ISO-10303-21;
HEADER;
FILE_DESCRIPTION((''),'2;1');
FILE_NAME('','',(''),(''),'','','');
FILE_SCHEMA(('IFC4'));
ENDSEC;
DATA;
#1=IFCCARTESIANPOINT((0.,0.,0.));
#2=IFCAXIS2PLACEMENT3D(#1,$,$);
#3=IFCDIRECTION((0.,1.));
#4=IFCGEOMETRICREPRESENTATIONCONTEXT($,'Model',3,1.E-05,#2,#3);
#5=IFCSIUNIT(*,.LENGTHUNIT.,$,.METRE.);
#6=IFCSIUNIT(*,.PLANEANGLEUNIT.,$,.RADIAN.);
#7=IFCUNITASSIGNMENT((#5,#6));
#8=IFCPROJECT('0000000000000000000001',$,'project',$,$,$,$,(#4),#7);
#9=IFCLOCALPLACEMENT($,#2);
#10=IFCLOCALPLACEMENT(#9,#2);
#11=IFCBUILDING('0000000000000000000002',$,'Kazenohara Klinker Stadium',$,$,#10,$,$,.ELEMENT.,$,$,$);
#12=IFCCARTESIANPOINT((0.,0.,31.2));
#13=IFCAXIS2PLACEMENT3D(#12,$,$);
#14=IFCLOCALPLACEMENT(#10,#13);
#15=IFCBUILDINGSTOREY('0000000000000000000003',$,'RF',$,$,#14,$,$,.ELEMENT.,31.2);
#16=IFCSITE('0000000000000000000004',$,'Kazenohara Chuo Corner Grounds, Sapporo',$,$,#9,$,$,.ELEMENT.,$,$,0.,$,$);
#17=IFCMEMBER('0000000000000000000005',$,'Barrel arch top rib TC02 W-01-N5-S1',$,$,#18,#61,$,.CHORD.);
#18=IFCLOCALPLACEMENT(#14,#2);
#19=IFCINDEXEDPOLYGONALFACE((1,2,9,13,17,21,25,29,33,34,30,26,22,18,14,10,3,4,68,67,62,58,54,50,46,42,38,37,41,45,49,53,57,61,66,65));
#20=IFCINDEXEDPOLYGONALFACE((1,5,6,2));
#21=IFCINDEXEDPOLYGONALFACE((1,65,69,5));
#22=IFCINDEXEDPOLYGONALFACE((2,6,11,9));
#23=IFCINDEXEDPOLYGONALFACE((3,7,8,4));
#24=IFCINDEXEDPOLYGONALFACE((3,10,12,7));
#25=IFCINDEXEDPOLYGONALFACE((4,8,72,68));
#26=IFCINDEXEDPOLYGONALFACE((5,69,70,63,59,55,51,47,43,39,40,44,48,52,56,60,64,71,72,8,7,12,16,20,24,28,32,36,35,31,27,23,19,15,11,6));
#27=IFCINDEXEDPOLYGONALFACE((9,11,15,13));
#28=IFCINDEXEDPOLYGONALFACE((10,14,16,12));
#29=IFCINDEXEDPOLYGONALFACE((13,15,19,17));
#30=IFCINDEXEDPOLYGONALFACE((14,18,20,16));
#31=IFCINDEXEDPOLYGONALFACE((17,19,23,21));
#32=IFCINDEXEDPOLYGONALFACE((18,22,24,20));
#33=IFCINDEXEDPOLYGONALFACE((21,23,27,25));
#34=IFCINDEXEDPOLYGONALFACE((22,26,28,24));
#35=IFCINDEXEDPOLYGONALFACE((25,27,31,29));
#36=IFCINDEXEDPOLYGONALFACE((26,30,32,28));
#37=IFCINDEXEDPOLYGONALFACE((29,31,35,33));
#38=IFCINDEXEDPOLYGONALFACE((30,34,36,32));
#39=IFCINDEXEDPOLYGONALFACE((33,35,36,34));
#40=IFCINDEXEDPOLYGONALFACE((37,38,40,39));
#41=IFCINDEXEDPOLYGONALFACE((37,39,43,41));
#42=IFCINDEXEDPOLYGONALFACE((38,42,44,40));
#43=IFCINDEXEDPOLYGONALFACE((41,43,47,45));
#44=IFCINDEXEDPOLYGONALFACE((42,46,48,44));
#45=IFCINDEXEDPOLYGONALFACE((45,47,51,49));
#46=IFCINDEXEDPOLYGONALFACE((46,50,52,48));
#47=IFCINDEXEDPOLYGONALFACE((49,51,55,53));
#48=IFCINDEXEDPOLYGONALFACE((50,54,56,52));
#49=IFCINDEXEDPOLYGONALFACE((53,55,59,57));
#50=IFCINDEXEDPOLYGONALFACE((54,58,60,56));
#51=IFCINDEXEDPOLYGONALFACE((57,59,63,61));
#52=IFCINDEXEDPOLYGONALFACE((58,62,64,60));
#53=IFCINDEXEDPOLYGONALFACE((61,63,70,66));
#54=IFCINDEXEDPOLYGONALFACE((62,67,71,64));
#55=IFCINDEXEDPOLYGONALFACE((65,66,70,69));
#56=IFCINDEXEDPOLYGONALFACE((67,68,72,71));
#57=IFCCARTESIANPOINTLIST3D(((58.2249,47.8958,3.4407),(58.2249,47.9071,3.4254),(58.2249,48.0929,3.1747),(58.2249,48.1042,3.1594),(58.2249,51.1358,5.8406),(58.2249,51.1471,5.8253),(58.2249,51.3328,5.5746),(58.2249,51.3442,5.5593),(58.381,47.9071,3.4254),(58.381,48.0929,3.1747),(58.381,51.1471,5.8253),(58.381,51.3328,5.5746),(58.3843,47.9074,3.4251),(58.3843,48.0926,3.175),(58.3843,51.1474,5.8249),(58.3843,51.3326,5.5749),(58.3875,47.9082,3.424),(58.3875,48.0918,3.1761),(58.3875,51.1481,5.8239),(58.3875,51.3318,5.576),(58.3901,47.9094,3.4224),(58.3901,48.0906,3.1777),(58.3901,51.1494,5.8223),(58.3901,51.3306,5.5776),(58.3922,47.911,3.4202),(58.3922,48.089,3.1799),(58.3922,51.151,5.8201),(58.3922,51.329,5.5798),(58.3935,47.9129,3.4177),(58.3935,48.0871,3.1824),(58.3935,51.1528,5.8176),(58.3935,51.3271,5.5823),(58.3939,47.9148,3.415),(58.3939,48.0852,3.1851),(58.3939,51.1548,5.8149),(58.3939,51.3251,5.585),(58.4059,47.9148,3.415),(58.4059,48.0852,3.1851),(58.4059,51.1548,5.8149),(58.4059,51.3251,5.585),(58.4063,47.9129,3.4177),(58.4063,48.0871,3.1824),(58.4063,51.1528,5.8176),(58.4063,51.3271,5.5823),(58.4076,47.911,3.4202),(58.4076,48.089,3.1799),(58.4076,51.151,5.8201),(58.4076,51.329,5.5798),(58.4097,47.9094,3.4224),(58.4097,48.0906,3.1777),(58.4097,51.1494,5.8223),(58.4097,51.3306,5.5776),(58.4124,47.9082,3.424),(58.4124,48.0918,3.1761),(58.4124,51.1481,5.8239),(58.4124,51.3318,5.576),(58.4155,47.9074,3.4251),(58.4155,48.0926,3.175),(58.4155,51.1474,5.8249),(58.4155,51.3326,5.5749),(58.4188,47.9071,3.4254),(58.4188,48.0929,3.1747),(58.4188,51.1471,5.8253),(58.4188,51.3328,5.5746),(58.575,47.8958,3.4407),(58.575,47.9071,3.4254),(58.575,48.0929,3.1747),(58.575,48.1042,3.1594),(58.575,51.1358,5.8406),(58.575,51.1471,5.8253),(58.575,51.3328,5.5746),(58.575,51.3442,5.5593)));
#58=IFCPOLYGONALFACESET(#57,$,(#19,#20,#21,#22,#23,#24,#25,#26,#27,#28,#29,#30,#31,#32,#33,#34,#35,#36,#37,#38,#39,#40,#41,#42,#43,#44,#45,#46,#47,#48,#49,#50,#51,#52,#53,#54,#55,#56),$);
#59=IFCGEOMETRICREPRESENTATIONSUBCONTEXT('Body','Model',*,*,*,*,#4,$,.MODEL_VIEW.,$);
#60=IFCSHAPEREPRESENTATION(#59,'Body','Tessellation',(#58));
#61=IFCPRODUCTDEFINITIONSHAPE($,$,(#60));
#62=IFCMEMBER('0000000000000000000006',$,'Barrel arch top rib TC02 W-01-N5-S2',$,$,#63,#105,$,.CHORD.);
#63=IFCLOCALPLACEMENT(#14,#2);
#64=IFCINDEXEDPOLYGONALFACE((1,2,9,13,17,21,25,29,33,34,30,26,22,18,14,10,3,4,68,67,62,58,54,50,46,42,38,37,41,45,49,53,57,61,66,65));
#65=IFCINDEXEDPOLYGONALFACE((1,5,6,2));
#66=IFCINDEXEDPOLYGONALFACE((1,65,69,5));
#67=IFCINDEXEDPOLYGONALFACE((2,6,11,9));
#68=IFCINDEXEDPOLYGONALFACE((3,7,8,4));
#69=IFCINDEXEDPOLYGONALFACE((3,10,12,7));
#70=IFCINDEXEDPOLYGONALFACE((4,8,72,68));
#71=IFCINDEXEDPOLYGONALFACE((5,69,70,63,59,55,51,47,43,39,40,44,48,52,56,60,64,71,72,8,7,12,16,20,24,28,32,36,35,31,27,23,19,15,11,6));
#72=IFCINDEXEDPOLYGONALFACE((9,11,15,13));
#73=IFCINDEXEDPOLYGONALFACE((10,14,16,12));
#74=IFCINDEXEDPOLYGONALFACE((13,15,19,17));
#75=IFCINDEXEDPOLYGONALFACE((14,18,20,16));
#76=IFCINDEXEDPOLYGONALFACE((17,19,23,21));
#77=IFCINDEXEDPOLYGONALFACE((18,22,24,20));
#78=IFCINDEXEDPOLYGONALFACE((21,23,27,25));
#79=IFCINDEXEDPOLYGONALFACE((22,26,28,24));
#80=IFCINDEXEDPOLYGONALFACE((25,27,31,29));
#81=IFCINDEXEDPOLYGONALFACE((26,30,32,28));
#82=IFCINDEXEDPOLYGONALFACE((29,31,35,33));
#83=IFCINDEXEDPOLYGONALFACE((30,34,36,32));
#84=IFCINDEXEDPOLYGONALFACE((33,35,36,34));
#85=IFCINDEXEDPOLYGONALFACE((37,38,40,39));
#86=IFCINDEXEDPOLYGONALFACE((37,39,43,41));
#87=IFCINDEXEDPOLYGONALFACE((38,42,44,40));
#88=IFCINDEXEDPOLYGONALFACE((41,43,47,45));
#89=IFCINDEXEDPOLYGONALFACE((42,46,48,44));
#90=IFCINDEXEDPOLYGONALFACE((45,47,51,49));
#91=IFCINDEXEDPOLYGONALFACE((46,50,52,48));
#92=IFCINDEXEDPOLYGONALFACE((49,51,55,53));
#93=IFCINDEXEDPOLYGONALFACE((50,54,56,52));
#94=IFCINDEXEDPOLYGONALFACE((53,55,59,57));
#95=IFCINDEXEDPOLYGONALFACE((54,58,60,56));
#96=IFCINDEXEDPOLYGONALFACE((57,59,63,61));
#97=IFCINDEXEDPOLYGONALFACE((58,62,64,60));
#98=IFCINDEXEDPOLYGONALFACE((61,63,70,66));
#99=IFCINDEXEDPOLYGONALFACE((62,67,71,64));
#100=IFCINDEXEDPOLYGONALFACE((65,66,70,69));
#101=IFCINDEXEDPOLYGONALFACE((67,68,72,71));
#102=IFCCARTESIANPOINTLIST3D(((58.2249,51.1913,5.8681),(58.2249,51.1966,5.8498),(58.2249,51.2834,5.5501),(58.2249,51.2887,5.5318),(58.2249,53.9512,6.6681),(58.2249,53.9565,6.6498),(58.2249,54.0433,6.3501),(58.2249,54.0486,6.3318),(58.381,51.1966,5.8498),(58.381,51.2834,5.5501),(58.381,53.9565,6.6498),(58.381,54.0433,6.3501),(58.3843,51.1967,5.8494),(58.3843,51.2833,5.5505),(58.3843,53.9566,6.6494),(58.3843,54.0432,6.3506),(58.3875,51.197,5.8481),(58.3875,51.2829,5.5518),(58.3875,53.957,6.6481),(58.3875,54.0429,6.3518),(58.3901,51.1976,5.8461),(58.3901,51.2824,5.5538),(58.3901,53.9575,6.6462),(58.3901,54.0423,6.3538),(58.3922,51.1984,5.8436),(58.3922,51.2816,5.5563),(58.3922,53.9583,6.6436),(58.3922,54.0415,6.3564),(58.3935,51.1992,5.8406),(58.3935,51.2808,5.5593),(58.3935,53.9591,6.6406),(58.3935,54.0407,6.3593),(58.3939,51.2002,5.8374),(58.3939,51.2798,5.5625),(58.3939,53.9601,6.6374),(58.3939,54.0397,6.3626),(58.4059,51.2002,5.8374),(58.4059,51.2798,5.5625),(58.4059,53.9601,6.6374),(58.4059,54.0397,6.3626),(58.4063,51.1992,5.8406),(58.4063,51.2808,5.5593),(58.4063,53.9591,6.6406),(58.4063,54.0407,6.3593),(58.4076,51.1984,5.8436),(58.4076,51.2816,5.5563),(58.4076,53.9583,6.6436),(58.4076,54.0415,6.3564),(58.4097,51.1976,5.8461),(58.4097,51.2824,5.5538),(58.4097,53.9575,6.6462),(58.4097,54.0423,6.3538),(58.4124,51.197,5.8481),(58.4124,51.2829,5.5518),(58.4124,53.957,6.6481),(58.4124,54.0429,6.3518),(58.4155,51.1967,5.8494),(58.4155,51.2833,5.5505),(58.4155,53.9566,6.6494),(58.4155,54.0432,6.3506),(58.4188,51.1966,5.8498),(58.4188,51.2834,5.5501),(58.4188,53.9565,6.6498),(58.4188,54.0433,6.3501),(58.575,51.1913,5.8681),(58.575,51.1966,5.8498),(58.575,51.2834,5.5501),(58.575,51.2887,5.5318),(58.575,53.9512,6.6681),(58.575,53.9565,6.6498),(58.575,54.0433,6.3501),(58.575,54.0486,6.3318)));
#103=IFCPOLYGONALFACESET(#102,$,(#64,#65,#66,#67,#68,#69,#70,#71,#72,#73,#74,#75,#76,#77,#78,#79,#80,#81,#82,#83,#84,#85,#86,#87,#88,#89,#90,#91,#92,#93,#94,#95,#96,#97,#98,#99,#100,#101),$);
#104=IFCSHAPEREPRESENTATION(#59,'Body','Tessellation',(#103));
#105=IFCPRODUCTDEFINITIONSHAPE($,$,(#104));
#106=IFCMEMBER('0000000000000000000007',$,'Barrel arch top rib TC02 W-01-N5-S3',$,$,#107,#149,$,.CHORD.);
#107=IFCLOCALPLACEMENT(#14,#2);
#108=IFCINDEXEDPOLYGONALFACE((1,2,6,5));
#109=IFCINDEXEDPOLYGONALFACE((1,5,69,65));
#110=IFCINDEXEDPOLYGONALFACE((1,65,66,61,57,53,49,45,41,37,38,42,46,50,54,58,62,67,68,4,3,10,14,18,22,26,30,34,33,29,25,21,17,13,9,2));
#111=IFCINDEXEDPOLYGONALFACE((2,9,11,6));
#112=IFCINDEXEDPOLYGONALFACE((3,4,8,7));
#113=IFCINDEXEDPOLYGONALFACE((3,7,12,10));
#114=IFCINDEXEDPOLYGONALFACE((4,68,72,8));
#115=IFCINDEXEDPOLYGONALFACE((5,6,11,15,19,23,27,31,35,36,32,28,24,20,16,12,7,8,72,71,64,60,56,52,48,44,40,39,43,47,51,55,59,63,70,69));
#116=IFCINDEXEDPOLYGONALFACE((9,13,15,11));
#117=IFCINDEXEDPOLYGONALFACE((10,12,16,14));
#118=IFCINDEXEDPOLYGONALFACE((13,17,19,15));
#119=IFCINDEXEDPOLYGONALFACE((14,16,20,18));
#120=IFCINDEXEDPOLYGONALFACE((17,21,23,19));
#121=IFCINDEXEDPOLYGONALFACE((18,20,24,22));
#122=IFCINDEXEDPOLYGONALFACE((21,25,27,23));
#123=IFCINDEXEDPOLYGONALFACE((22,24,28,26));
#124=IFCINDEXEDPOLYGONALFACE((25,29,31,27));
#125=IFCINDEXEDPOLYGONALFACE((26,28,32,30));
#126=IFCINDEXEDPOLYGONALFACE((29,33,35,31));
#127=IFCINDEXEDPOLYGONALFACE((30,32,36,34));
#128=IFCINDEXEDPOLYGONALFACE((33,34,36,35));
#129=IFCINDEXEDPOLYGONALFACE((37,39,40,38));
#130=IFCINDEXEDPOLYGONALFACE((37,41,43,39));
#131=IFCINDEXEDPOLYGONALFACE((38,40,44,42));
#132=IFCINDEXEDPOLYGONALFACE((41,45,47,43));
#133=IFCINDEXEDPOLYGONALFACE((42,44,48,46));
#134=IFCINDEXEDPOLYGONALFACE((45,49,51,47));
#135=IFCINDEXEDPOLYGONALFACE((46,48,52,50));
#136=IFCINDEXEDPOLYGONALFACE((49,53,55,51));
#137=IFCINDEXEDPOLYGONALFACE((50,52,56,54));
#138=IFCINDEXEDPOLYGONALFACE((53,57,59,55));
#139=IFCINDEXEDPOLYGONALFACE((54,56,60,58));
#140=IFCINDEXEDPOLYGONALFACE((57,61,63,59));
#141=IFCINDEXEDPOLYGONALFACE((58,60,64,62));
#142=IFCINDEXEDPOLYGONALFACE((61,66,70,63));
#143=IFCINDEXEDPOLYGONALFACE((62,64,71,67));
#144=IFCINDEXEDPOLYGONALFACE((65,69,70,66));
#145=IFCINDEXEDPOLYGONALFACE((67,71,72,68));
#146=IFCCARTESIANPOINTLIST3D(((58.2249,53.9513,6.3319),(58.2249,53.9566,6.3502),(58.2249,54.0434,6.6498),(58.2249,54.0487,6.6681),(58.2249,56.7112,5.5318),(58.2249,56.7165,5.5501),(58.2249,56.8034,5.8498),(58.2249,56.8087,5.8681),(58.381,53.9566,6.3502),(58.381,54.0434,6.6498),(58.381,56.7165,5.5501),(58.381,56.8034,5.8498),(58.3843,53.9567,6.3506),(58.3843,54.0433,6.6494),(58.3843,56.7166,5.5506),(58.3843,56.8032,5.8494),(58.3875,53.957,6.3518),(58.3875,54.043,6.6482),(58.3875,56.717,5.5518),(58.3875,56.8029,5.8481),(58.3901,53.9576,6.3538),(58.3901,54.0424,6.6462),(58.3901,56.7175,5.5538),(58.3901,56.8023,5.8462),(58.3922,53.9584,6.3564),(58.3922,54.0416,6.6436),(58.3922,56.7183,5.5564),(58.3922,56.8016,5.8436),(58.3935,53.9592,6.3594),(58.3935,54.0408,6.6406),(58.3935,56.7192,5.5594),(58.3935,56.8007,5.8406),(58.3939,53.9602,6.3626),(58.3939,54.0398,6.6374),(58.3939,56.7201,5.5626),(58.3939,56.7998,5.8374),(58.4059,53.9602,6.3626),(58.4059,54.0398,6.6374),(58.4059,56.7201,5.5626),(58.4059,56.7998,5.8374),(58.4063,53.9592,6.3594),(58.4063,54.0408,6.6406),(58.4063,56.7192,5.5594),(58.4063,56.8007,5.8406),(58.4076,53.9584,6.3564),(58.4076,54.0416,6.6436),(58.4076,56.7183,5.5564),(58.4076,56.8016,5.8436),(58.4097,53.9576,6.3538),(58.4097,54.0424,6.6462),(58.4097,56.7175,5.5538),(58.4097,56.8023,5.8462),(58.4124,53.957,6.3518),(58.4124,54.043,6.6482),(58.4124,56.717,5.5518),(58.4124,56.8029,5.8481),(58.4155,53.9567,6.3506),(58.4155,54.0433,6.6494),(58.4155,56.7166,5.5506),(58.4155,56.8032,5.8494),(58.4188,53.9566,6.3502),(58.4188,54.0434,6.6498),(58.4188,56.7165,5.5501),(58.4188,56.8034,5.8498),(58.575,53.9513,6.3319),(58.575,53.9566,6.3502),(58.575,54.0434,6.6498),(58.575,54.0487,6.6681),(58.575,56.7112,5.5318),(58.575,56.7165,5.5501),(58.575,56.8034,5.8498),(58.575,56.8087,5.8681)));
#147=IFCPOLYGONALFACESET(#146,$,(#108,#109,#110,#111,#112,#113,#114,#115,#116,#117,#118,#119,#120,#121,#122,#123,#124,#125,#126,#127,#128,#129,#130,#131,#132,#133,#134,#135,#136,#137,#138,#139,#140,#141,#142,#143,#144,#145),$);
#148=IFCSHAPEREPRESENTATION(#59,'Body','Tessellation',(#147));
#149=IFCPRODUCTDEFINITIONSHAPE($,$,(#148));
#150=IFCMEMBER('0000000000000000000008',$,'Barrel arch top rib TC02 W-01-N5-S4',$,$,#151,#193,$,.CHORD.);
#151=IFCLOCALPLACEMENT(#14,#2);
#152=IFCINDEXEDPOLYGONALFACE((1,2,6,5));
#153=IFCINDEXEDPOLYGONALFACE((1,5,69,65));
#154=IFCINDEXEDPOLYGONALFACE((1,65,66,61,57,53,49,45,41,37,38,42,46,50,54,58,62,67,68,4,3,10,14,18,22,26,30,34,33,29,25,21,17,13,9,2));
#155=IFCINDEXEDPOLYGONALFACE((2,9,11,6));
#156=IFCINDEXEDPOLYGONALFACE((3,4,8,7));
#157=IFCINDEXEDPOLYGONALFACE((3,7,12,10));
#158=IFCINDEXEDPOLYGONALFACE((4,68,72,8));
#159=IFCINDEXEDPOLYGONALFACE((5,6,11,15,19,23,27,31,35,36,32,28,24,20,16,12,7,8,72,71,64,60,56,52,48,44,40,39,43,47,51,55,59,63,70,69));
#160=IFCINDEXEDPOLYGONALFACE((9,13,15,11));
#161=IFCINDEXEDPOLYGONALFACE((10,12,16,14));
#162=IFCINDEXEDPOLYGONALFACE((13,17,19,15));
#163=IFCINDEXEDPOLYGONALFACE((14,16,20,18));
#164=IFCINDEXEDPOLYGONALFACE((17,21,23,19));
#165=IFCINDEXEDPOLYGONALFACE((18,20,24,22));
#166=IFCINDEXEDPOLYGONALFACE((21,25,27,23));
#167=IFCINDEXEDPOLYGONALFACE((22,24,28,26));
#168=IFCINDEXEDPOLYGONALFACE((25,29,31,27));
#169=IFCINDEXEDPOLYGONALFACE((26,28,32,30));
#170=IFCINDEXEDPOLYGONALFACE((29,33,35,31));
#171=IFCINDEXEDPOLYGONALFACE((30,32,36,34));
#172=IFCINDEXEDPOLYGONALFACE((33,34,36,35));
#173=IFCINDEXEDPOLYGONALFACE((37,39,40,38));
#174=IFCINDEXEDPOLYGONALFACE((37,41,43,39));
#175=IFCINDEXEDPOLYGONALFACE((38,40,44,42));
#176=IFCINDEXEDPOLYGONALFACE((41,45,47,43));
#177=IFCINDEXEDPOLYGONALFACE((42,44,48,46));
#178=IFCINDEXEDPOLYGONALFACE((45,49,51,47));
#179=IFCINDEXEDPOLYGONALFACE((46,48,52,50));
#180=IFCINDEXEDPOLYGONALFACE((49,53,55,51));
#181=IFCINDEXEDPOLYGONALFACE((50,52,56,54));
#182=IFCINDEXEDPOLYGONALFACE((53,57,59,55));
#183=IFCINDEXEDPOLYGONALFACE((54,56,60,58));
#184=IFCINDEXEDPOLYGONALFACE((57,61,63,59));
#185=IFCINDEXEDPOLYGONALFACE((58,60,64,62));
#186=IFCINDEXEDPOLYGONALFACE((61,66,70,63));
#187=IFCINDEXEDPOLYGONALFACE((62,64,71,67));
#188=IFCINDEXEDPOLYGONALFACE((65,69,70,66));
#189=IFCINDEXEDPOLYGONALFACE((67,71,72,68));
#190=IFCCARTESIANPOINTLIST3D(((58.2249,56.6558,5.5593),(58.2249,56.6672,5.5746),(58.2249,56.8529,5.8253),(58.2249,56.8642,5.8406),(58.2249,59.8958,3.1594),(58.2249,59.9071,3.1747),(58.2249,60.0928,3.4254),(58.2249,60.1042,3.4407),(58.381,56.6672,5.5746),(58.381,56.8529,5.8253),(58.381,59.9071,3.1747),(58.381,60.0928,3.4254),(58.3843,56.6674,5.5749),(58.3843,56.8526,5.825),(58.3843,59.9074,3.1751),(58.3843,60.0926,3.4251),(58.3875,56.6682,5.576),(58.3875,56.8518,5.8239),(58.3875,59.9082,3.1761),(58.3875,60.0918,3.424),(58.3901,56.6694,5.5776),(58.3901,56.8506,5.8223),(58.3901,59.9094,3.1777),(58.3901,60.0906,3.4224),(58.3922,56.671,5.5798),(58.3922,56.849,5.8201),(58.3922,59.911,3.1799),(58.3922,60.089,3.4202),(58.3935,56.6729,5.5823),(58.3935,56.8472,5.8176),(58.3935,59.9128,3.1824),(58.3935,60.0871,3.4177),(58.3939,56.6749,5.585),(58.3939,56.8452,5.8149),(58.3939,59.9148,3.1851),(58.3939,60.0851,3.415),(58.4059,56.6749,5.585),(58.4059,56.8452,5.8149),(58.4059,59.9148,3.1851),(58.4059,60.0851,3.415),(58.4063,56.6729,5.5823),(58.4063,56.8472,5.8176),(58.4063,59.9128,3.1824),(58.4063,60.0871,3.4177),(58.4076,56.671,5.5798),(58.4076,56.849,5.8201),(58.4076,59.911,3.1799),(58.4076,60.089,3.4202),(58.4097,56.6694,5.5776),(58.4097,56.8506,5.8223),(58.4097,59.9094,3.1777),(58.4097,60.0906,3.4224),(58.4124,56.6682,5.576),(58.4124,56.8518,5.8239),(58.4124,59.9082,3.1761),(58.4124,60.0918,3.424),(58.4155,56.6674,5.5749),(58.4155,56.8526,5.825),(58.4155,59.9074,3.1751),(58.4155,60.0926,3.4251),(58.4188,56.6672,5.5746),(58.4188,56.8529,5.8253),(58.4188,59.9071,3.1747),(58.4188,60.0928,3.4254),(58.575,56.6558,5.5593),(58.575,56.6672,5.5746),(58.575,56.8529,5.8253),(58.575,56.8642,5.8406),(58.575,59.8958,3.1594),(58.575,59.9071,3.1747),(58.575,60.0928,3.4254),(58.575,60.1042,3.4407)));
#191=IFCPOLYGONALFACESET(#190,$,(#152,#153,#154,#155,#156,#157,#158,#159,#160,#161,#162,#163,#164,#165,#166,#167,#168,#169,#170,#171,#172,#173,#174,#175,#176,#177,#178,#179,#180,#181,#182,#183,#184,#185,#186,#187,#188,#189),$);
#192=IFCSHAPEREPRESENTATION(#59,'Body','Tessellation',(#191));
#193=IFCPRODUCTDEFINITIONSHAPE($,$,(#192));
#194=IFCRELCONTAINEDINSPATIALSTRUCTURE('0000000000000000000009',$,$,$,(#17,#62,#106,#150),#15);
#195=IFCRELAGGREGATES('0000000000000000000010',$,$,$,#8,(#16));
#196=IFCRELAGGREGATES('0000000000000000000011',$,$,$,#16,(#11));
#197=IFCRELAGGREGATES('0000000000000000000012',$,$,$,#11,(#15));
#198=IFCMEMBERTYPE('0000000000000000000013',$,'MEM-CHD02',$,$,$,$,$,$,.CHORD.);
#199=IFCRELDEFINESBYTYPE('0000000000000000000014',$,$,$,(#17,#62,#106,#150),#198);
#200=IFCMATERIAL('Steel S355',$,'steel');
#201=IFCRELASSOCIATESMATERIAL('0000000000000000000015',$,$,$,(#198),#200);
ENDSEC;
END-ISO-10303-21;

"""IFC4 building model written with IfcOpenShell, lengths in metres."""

from ifc_helpers import new_model, si_unit, direction, frame, origin, origin_2d, place, context, subcontext, project, spatial, i_section, extrude, material, material_profile, profile_set, type_object, element, save


model = new_model("IFC4")

# Units and contexts
model_context = context("Model", 3, precision=1e-05, world=origin(), true_north=direction((0.0, 1.0)))
body_context = subcontext(model_context, "Body", "Model", "MODEL_VIEW")
ifc_project = project(units=[si_unit("LENGTHUNIT", "METRE"), si_unit("PLANEANGLEUNIT", "RADIAN")], contexts=[model_context])

# Site, building, storey
site_placement = place(None, origin())
site = spatial("IfcSite", under=ifc_project, at=site_placement, Name="Kazenohara Chuo Corner Grounds, Sapporo", CompositionType="ELEMENT", RefElevation=0.0)
building_placement = place(site_placement, origin())
building = spatial("IfcBuilding", under=site, at=building_placement, Name="Kazenohara Klinker Stadium", CompositionType="ELEMENT")
storey_placement = place(building_placement, frame((0.0, 0.0, 31.2)))
storey = spatial("IfcBuildingStorey", under=building, at=storey_placement, Name="RF", CompositionType="ELEMENT", Elevation=31.2)

# Members
ifc_material_1 = material(Name="Steel S355", Category="steel")
ifc_material_profile_1 = material_profile(ifc_material_1, i_section(OverallWidth=0.3501, OverallDepth=0.3501, WebThickness=0.012, FlangeThickness=0.019, FilletRadius=0.0129, at=origin_2d()), Name="H-350x350x12x19")
ifc_profile_set_1 = profile_set([ifc_material_profile_1], Name="Steel S355")
member_type_1 = type_object("IfcMemberType", Name="MEM-CHD02", PredefinedType="CHORD", material=ifc_profile_set_1)
member_1_placement = place(storey_placement, frame((58.3999, 48.0, 3.3), z_axis=(0.0, 0.803568, 0.595213), x_axis=(-1.0, 0.0, 0.0)))
element("IfcMember", 1, at=member_1_placement, inside=storey, type_object=member_type_1, Name="Barrel arch top rib TC02 W-01-N5-S1", PredefinedType="CHORD", context=body_context, shape_type="SweptSolid", body=[
    extrude(i_section(OverallWidth=0.3501, OverallDepth=0.3501, WebThickness=0.012, FlangeThickness=0.019, FilletRadius=0.0129, at=origin_2d()), origin(), (0.0, 0.0, 1.0), 4.032),
])
for number, where, z_axis, x_axis, name in (
    (2, (58.3999, 51.24, 5.7), (0.0, 0.960462, 0.278411), (-1.0, 0.0, 0.0), "Barrel arch top rib TC02 W-01-N5-S2"),
    (3, (58.3999, 54.0, 6.5), (0.0, 0.960462, -0.278411), (-1.0, 0.0, 0.0), "Barrel arch top rib TC02 W-01-N5-S3"),
):
    element("IfcMember", number, at=place(storey_placement, frame(where, z_axis=z_axis, x_axis=x_axis)), inside=storey, type_object=member_type_1, Name=name, PredefinedType="CHORD", context=body_context, shape_type="SweptSolid", body=[
        extrude(i_section(OverallWidth=0.3501, OverallDepth=0.3501, WebThickness=0.012, FlangeThickness=0.019, FilletRadius=0.0129, at=origin_2d()), origin(), (0.0, 0.0, 1.0), 2.8735),
    ])
member_2_placement = place(storey_placement, frame((58.3999, 56.76, 5.7), z_axis=(0.0, 0.803568, -0.595213), x_axis=(-1.0, 0.0, 0.0)))
element("IfcMember", 4, at=member_2_placement, inside=storey, type_object=member_type_1, Name="Barrel arch top rib TC02 W-01-N5-S4", PredefinedType="CHORD", context=body_context, shape_type="SweptSolid", body=[
    extrude(i_section(OverallWidth=0.3501, OverallDepth=0.3501, WebThickness=0.012, FlangeThickness=0.019, FilletRadius=0.0129, at=origin_2d()), origin(), (0.0, 0.0, 1.0), 4.032),
])

save(model, "model.ifc")
